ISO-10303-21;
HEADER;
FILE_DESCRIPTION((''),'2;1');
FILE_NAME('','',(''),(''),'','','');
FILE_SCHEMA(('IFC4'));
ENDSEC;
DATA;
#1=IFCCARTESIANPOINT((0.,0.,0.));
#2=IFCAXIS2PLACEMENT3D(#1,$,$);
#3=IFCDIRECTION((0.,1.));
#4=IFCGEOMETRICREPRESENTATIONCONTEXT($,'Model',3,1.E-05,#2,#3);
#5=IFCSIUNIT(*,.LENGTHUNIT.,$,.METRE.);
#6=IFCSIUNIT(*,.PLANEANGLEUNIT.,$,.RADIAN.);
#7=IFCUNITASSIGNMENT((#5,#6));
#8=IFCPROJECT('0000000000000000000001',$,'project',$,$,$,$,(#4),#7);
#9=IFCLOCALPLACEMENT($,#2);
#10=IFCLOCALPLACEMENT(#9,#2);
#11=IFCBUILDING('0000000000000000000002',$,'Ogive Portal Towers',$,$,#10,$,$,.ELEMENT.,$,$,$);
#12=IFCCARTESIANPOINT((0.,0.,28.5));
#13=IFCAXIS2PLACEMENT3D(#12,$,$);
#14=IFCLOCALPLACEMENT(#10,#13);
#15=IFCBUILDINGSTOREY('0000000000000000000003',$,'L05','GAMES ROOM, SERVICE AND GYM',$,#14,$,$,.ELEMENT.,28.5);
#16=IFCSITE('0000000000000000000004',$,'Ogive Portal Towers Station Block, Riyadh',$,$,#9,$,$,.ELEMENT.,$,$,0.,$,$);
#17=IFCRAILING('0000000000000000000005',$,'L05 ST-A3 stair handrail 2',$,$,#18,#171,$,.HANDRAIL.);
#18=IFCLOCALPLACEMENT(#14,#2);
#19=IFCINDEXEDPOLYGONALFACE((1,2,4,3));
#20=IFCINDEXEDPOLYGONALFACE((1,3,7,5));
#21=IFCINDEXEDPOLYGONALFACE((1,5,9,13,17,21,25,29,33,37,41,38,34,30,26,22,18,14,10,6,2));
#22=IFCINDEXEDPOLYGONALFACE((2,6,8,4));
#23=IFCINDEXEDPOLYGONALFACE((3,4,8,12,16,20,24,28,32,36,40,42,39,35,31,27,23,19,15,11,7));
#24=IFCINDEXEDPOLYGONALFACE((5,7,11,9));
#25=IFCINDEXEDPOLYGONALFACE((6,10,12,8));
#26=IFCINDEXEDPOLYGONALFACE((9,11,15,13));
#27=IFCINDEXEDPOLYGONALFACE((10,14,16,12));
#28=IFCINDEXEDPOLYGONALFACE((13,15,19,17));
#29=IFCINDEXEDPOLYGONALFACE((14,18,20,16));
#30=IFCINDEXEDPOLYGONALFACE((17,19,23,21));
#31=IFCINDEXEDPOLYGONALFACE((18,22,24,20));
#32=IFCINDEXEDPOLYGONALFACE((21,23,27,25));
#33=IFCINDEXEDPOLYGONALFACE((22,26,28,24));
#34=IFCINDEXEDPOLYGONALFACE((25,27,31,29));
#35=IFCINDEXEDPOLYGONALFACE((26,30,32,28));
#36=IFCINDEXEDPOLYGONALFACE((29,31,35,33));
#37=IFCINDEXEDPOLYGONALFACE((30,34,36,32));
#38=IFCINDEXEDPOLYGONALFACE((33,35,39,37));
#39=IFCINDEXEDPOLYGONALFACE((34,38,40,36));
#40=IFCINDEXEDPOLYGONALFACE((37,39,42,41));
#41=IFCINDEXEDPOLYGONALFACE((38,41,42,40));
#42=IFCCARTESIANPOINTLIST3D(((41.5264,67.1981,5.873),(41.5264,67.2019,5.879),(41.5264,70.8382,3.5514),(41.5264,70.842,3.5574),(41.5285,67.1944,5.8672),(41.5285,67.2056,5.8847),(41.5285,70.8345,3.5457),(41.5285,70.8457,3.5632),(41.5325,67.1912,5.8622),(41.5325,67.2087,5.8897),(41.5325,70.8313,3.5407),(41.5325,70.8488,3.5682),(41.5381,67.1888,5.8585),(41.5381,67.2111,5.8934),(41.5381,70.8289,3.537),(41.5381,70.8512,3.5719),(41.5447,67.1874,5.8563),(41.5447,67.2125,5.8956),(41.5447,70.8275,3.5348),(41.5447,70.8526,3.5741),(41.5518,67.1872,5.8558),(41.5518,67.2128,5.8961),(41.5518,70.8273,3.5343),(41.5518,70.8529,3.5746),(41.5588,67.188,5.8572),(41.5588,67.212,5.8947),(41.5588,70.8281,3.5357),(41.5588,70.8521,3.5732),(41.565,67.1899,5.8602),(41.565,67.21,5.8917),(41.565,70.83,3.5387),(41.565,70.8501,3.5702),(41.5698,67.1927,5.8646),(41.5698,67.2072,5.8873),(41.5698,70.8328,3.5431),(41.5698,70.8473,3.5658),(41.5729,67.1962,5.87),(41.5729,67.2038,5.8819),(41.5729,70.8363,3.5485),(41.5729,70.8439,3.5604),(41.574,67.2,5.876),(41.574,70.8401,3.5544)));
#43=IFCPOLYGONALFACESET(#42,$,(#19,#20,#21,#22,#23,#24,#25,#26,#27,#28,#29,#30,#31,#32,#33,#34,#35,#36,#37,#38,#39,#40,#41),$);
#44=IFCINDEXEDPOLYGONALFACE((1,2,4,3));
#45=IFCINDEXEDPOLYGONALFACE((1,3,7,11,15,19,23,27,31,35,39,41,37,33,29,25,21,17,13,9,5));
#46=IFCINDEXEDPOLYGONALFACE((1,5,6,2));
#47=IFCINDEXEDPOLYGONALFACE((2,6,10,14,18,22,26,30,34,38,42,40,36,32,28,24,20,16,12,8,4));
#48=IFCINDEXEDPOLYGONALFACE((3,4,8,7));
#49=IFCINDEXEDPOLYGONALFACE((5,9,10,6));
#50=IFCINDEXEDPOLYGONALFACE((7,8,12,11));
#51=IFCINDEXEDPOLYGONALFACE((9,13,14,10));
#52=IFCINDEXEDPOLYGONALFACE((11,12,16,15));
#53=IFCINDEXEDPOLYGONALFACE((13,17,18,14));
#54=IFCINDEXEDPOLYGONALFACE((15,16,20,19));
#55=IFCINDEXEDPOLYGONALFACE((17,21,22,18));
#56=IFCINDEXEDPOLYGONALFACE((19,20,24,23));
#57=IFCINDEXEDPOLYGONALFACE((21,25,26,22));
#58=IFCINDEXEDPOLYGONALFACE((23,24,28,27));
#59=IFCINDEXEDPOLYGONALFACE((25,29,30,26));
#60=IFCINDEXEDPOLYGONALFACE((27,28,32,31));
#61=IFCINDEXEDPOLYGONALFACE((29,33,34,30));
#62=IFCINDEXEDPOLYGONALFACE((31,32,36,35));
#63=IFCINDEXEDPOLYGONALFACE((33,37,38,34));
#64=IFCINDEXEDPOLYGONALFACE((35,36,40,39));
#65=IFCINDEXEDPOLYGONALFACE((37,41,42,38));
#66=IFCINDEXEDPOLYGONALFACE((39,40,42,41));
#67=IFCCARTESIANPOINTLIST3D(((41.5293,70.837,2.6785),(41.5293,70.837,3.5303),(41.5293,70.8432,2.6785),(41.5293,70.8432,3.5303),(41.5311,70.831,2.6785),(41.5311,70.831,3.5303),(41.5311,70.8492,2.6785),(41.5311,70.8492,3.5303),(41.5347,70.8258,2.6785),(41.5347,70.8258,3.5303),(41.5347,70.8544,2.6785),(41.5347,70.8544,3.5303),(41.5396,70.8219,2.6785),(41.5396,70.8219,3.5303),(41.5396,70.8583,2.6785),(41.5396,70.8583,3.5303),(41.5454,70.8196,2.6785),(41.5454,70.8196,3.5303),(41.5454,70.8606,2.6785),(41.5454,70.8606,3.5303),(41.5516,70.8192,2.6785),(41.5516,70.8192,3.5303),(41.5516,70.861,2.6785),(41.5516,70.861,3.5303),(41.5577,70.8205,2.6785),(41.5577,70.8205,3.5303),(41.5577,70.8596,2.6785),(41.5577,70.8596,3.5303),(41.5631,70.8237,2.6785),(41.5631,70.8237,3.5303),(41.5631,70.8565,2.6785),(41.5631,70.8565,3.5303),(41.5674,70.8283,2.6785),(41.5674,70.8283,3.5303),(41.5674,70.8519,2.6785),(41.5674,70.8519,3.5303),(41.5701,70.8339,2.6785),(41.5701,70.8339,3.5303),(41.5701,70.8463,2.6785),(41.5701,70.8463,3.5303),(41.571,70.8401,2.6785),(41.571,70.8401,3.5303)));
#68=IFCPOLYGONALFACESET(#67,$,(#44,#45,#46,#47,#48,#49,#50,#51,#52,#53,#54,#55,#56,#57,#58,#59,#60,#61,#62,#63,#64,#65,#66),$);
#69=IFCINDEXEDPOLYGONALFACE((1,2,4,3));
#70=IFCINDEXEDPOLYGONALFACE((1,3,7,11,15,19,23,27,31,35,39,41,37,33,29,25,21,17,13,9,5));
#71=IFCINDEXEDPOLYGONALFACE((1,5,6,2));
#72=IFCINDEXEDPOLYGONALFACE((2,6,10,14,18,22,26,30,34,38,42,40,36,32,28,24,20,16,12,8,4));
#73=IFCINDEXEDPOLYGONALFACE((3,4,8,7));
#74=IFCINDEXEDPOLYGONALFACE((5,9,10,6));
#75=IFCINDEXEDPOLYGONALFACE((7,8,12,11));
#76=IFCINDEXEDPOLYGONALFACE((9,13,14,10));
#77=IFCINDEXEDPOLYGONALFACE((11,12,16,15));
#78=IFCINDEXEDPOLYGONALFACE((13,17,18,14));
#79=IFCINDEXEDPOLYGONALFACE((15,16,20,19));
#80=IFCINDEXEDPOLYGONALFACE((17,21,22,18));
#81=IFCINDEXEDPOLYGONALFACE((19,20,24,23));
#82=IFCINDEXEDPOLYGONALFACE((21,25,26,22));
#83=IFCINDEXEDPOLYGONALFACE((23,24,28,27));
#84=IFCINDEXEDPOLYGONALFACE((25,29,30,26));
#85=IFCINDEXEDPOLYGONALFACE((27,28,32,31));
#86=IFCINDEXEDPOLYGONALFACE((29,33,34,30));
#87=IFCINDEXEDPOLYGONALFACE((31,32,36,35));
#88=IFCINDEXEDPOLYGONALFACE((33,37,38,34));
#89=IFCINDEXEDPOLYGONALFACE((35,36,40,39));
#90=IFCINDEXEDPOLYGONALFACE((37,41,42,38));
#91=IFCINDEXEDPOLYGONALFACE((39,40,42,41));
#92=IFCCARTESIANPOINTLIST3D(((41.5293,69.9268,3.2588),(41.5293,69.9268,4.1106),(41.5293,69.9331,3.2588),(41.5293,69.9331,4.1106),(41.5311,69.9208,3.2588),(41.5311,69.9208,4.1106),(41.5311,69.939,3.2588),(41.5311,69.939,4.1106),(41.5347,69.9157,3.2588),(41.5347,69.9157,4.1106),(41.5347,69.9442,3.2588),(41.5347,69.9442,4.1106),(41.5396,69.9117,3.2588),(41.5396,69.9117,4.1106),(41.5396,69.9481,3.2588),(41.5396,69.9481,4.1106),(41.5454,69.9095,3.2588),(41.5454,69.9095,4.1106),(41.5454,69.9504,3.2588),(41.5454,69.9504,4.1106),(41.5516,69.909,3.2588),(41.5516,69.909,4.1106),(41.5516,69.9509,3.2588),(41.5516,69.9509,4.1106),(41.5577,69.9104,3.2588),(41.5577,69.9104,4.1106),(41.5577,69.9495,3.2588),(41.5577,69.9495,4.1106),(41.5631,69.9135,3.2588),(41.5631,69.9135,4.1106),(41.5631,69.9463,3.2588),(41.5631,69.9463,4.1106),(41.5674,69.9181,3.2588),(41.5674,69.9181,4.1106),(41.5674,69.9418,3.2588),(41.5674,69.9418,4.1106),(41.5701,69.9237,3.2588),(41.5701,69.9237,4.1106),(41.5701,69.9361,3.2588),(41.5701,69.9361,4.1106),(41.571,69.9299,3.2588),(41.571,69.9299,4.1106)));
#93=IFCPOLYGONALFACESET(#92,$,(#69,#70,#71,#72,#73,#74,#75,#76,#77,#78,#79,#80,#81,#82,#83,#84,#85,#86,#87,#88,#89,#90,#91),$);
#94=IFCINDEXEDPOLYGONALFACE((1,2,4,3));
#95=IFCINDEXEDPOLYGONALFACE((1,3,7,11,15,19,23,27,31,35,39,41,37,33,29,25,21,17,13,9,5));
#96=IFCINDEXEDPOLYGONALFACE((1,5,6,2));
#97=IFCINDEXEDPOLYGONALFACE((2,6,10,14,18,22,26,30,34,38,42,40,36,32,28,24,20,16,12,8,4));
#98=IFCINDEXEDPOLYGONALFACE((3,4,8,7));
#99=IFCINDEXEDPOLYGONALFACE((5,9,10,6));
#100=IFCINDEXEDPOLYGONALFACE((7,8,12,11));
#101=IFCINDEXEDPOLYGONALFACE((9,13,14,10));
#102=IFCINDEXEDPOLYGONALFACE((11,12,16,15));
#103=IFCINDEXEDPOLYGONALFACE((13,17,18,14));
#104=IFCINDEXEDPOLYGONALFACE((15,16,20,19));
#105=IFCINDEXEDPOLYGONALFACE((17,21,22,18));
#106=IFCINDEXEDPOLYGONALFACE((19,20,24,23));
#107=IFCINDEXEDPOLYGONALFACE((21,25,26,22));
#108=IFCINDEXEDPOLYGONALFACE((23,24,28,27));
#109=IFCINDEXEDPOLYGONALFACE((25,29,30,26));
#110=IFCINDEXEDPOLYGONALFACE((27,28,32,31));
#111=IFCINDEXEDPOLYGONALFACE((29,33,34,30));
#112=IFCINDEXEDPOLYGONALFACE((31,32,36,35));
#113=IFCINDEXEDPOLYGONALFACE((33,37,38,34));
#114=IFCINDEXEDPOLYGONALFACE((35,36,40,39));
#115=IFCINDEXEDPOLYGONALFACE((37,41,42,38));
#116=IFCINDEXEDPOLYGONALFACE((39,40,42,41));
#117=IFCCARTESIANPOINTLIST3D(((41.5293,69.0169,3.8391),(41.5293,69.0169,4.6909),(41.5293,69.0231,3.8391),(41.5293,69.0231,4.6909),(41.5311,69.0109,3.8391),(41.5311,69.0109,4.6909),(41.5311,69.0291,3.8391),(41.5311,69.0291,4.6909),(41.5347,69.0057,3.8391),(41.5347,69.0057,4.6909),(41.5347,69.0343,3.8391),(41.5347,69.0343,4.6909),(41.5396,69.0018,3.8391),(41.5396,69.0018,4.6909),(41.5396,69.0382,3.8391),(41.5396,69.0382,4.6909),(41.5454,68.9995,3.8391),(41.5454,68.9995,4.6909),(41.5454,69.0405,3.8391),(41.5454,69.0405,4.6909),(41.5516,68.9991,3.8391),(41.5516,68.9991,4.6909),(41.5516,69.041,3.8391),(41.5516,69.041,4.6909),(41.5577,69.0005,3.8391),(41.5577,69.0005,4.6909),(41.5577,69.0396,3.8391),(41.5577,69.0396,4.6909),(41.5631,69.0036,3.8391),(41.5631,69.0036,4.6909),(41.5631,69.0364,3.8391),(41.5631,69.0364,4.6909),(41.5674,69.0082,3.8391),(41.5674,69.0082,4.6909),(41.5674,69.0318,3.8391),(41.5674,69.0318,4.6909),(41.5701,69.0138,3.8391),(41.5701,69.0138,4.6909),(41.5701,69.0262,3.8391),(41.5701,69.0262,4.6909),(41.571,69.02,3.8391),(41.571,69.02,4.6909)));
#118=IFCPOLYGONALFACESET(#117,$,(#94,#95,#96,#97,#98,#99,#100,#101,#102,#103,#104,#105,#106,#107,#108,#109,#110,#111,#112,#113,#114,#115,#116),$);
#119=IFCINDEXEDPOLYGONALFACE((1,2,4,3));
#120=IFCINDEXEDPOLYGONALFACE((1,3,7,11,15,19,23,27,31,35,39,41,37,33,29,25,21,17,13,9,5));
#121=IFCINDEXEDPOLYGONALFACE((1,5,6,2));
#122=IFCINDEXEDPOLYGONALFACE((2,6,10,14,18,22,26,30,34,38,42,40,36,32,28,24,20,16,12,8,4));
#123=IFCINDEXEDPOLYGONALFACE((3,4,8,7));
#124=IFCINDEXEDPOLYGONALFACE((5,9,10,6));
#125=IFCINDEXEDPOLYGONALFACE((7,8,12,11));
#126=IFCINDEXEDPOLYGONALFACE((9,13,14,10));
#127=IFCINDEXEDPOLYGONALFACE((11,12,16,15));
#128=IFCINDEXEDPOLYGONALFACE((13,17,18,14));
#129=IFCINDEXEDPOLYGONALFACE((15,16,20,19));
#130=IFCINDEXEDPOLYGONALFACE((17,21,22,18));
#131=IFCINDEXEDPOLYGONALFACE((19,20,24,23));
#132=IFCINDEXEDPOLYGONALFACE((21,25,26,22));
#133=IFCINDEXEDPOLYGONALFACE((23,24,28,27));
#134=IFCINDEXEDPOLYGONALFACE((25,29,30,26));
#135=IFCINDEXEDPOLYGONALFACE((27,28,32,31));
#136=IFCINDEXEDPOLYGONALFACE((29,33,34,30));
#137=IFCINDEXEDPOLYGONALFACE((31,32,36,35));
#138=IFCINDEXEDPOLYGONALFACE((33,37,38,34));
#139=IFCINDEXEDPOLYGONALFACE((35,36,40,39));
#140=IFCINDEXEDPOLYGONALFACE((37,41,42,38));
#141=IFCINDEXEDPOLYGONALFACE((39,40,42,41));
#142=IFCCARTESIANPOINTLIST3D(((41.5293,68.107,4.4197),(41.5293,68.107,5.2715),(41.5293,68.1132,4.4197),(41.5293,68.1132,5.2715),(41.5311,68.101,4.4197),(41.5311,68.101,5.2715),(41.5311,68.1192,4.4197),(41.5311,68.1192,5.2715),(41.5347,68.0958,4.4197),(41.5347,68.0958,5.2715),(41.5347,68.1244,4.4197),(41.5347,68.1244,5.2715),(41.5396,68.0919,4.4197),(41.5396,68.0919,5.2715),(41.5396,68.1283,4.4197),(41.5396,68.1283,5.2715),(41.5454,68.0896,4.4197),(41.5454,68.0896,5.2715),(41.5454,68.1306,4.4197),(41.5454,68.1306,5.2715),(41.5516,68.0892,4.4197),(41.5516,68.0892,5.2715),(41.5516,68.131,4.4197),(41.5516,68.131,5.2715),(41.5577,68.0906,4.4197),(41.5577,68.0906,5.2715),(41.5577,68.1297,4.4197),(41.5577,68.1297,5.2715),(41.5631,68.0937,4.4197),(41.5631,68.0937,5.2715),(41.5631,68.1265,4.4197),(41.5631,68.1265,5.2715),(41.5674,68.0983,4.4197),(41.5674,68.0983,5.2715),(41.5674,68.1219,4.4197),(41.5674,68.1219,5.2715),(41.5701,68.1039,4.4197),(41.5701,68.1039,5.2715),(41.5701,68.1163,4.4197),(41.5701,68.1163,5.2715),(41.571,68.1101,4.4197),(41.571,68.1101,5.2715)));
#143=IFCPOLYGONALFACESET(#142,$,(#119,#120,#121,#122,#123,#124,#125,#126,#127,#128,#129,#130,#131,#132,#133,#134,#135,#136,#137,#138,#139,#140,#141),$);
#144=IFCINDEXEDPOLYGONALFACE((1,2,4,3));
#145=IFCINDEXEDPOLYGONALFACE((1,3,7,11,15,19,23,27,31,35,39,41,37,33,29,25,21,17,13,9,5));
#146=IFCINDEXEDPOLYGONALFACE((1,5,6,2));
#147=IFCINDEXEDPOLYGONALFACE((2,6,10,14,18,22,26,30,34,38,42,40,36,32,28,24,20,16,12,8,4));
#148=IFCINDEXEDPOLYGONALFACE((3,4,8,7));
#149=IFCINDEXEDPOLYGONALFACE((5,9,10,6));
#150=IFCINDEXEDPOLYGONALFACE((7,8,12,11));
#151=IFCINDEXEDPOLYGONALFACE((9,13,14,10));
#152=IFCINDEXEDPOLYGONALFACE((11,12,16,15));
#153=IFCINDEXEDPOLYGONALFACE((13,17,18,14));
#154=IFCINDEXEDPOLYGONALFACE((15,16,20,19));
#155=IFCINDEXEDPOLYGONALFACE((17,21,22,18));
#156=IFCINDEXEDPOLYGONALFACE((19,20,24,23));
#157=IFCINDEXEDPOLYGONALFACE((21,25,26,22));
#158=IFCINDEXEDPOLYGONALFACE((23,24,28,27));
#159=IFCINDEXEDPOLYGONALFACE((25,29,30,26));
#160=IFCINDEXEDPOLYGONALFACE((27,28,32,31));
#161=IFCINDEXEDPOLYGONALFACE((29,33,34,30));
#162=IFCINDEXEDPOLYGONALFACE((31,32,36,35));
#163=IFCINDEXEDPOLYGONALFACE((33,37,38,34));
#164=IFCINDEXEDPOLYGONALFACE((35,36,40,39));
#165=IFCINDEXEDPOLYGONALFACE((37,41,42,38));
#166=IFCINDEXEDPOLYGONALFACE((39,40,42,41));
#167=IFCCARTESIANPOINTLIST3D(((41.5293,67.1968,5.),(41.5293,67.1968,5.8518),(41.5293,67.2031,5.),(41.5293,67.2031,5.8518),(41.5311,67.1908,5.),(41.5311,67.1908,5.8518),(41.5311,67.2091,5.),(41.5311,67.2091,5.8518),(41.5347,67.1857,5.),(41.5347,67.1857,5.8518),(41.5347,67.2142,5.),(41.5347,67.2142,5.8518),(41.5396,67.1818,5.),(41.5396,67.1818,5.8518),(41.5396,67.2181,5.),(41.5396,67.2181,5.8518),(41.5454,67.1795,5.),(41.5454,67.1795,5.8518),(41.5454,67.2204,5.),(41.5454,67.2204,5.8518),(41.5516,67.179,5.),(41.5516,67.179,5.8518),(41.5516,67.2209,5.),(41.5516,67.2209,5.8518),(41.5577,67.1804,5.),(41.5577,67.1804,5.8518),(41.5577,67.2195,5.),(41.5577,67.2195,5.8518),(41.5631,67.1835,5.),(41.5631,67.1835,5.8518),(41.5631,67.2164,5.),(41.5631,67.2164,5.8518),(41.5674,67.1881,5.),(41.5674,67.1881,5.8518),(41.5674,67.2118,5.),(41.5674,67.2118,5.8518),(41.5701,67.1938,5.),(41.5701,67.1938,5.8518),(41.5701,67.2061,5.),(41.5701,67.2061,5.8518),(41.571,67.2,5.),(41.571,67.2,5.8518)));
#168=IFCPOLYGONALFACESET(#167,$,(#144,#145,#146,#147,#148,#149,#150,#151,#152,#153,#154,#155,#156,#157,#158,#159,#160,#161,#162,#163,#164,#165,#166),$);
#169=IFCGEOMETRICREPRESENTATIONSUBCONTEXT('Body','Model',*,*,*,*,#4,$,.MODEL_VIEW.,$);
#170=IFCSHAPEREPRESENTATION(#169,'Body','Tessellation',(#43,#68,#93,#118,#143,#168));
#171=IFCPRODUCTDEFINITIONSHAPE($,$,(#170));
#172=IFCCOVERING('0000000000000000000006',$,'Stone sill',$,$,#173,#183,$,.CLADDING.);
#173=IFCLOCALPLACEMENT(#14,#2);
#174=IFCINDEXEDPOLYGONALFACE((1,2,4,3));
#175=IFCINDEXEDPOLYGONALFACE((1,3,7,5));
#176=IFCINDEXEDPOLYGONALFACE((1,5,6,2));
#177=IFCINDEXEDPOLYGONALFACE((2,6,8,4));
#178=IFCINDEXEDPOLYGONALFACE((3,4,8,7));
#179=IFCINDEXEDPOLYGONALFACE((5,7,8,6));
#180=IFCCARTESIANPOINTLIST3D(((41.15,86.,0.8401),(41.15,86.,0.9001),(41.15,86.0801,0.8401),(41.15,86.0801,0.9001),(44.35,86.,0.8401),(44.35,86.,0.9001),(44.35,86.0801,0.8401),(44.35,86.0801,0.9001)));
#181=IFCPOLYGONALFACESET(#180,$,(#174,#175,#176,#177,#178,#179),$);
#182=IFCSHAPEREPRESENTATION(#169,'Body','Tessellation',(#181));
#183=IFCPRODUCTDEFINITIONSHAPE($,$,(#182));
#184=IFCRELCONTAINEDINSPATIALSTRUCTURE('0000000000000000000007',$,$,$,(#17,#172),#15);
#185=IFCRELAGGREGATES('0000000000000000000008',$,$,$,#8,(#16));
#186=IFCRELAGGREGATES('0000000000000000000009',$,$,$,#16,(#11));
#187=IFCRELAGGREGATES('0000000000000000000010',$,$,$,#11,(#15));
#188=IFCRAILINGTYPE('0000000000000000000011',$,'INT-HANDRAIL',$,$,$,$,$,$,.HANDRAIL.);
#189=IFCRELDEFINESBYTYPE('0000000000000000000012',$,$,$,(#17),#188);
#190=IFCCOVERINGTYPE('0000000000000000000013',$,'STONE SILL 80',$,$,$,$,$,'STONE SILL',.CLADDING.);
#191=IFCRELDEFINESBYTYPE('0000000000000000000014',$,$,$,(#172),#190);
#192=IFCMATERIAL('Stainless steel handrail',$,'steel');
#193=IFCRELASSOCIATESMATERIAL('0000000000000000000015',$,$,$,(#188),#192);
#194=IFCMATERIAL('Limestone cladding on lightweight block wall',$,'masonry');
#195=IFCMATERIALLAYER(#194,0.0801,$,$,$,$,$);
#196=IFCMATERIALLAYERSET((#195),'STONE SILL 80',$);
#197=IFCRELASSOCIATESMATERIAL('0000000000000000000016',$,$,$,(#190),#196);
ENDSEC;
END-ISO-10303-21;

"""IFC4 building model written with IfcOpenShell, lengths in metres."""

from ifc_helpers import new_model, si_unit, direction, frame, origin, origin_2d, place, context, subcontext, project, spatial, rectangle, circle, extrude, material, layer, layer_set, type_object, element, save


model = new_model("IFC4")

# Units and contexts
model_context = context("Model", 3, precision=1e-05, world=origin(), true_north=direction((0.0, 1.0)))
body_context = subcontext(model_context, "Body", "Model", "MODEL_VIEW")
ifc_project = project(units=[si_unit("LENGTHUNIT", "METRE"), si_unit("PLANEANGLEUNIT", "RADIAN")], contexts=[model_context])

# Site, building, storey
site_placement = place(None, origin())
site = spatial("IfcSite", under=ifc_project, at=site_placement, Name="Ogive Portal Towers Station Block, Riyadh", CompositionType="ELEMENT", RefElevation=0.0)
building_placement = place(site_placement, origin())
building = spatial("IfcBuilding", under=site, at=building_placement, Name="Ogive Portal Towers", CompositionType="ELEMENT")
storey_placement = place(building_placement, frame((0.0, 0.0, 28.5)))
storey = spatial("IfcBuildingStorey", under=building, at=storey_placement, Name="L05", Description="GAMES ROOM, SERVICE AND GYM", CompositionType="ELEMENT", Elevation=28.5)

# Railing
ifc_material_1 = material(Name="Stainless steel handrail", Category="steel")
railing_type_1 = type_object("IfcRailingType", Name="INT-HANDRAIL", PredefinedType="HANDRAIL", material=ifc_material_1)
railing_1_placement = place(storey_placement, frame((41.55, 70.8401, 2.6785)))
element("IfcRailing", 1, at=railing_1_placement, inside=storey, type_object=railing_type_1, Name="L05 ST-A3 stair handrail 2", PredefinedType="HANDRAIL", context=body_context, shape_type="SweptSolid", body=[
    extrude(circle(Radius=0.0239, at=origin_2d()), frame((0.0, 0.0, 0.876), z_axis=(0.0, -0.843128, 0.537713), x_axis=(1.0, 0.0, 0.0)), (0.0, 0.0, 1.0), 4.3174),
    extrude(circle(Radius=0.021, at=origin_2d()), origin(), (0.0, 0.0, 1.0), 0.8518),
    extrude(circle(Radius=0.021, at=origin_2d()), frame((0.0, -0.9102, 0.5803)), (0.0, 0.0, 1.0), 0.8518),
    extrude(circle(Radius=0.021, at=origin_2d()), frame((0.0, -1.8201, 1.1606)), (0.0, 0.0, 1.0), 0.8518),
    extrude(circle(Radius=0.021, at=origin_2d()), frame((0.0, -2.73, 1.7412)), (0.0, 0.0, 1.0), 0.8518),
    extrude(circle(Radius=0.021, at=origin_2d()), frame((0.0, -3.6401, 2.3215)), (0.0, 0.0, 1.0), 0.8518),
])

# Covering
ifc_material_2 = material(Name="Limestone cladding on lightweight block wall", Category="masonry")
ifc_layer_1 = layer(ifc_material_2, 0.0801)
ifc_layer_set_1 = layer_set([ifc_layer_1], Name="STONE SILL 80")
covering_type = type_object("IfcCoveringType", Name="STONE SILL 80", ElementType="STONE SILL", PredefinedType="CLADDING", material=ifc_layer_set_1)
covering_placement = place(storey_placement, frame((42.75, 86.04, 0.8401), z_axis=(0.0, 0.0, 1.0), x_axis=(-1.0, 0.0, 0.0)))
element("IfcCovering", 2, at=covering_placement, inside=storey, type_object=covering_type, Name="Stone sill", PredefinedType="CLADDING", context=body_context, shape_type="SweptSolid", body=[
    extrude(rectangle(XDim=3.2, YDim=0.0801, at=origin_2d()), origin(), (0.0, 0.0, 1.0), 0.0601),
])

save(model, "model.ifc")
